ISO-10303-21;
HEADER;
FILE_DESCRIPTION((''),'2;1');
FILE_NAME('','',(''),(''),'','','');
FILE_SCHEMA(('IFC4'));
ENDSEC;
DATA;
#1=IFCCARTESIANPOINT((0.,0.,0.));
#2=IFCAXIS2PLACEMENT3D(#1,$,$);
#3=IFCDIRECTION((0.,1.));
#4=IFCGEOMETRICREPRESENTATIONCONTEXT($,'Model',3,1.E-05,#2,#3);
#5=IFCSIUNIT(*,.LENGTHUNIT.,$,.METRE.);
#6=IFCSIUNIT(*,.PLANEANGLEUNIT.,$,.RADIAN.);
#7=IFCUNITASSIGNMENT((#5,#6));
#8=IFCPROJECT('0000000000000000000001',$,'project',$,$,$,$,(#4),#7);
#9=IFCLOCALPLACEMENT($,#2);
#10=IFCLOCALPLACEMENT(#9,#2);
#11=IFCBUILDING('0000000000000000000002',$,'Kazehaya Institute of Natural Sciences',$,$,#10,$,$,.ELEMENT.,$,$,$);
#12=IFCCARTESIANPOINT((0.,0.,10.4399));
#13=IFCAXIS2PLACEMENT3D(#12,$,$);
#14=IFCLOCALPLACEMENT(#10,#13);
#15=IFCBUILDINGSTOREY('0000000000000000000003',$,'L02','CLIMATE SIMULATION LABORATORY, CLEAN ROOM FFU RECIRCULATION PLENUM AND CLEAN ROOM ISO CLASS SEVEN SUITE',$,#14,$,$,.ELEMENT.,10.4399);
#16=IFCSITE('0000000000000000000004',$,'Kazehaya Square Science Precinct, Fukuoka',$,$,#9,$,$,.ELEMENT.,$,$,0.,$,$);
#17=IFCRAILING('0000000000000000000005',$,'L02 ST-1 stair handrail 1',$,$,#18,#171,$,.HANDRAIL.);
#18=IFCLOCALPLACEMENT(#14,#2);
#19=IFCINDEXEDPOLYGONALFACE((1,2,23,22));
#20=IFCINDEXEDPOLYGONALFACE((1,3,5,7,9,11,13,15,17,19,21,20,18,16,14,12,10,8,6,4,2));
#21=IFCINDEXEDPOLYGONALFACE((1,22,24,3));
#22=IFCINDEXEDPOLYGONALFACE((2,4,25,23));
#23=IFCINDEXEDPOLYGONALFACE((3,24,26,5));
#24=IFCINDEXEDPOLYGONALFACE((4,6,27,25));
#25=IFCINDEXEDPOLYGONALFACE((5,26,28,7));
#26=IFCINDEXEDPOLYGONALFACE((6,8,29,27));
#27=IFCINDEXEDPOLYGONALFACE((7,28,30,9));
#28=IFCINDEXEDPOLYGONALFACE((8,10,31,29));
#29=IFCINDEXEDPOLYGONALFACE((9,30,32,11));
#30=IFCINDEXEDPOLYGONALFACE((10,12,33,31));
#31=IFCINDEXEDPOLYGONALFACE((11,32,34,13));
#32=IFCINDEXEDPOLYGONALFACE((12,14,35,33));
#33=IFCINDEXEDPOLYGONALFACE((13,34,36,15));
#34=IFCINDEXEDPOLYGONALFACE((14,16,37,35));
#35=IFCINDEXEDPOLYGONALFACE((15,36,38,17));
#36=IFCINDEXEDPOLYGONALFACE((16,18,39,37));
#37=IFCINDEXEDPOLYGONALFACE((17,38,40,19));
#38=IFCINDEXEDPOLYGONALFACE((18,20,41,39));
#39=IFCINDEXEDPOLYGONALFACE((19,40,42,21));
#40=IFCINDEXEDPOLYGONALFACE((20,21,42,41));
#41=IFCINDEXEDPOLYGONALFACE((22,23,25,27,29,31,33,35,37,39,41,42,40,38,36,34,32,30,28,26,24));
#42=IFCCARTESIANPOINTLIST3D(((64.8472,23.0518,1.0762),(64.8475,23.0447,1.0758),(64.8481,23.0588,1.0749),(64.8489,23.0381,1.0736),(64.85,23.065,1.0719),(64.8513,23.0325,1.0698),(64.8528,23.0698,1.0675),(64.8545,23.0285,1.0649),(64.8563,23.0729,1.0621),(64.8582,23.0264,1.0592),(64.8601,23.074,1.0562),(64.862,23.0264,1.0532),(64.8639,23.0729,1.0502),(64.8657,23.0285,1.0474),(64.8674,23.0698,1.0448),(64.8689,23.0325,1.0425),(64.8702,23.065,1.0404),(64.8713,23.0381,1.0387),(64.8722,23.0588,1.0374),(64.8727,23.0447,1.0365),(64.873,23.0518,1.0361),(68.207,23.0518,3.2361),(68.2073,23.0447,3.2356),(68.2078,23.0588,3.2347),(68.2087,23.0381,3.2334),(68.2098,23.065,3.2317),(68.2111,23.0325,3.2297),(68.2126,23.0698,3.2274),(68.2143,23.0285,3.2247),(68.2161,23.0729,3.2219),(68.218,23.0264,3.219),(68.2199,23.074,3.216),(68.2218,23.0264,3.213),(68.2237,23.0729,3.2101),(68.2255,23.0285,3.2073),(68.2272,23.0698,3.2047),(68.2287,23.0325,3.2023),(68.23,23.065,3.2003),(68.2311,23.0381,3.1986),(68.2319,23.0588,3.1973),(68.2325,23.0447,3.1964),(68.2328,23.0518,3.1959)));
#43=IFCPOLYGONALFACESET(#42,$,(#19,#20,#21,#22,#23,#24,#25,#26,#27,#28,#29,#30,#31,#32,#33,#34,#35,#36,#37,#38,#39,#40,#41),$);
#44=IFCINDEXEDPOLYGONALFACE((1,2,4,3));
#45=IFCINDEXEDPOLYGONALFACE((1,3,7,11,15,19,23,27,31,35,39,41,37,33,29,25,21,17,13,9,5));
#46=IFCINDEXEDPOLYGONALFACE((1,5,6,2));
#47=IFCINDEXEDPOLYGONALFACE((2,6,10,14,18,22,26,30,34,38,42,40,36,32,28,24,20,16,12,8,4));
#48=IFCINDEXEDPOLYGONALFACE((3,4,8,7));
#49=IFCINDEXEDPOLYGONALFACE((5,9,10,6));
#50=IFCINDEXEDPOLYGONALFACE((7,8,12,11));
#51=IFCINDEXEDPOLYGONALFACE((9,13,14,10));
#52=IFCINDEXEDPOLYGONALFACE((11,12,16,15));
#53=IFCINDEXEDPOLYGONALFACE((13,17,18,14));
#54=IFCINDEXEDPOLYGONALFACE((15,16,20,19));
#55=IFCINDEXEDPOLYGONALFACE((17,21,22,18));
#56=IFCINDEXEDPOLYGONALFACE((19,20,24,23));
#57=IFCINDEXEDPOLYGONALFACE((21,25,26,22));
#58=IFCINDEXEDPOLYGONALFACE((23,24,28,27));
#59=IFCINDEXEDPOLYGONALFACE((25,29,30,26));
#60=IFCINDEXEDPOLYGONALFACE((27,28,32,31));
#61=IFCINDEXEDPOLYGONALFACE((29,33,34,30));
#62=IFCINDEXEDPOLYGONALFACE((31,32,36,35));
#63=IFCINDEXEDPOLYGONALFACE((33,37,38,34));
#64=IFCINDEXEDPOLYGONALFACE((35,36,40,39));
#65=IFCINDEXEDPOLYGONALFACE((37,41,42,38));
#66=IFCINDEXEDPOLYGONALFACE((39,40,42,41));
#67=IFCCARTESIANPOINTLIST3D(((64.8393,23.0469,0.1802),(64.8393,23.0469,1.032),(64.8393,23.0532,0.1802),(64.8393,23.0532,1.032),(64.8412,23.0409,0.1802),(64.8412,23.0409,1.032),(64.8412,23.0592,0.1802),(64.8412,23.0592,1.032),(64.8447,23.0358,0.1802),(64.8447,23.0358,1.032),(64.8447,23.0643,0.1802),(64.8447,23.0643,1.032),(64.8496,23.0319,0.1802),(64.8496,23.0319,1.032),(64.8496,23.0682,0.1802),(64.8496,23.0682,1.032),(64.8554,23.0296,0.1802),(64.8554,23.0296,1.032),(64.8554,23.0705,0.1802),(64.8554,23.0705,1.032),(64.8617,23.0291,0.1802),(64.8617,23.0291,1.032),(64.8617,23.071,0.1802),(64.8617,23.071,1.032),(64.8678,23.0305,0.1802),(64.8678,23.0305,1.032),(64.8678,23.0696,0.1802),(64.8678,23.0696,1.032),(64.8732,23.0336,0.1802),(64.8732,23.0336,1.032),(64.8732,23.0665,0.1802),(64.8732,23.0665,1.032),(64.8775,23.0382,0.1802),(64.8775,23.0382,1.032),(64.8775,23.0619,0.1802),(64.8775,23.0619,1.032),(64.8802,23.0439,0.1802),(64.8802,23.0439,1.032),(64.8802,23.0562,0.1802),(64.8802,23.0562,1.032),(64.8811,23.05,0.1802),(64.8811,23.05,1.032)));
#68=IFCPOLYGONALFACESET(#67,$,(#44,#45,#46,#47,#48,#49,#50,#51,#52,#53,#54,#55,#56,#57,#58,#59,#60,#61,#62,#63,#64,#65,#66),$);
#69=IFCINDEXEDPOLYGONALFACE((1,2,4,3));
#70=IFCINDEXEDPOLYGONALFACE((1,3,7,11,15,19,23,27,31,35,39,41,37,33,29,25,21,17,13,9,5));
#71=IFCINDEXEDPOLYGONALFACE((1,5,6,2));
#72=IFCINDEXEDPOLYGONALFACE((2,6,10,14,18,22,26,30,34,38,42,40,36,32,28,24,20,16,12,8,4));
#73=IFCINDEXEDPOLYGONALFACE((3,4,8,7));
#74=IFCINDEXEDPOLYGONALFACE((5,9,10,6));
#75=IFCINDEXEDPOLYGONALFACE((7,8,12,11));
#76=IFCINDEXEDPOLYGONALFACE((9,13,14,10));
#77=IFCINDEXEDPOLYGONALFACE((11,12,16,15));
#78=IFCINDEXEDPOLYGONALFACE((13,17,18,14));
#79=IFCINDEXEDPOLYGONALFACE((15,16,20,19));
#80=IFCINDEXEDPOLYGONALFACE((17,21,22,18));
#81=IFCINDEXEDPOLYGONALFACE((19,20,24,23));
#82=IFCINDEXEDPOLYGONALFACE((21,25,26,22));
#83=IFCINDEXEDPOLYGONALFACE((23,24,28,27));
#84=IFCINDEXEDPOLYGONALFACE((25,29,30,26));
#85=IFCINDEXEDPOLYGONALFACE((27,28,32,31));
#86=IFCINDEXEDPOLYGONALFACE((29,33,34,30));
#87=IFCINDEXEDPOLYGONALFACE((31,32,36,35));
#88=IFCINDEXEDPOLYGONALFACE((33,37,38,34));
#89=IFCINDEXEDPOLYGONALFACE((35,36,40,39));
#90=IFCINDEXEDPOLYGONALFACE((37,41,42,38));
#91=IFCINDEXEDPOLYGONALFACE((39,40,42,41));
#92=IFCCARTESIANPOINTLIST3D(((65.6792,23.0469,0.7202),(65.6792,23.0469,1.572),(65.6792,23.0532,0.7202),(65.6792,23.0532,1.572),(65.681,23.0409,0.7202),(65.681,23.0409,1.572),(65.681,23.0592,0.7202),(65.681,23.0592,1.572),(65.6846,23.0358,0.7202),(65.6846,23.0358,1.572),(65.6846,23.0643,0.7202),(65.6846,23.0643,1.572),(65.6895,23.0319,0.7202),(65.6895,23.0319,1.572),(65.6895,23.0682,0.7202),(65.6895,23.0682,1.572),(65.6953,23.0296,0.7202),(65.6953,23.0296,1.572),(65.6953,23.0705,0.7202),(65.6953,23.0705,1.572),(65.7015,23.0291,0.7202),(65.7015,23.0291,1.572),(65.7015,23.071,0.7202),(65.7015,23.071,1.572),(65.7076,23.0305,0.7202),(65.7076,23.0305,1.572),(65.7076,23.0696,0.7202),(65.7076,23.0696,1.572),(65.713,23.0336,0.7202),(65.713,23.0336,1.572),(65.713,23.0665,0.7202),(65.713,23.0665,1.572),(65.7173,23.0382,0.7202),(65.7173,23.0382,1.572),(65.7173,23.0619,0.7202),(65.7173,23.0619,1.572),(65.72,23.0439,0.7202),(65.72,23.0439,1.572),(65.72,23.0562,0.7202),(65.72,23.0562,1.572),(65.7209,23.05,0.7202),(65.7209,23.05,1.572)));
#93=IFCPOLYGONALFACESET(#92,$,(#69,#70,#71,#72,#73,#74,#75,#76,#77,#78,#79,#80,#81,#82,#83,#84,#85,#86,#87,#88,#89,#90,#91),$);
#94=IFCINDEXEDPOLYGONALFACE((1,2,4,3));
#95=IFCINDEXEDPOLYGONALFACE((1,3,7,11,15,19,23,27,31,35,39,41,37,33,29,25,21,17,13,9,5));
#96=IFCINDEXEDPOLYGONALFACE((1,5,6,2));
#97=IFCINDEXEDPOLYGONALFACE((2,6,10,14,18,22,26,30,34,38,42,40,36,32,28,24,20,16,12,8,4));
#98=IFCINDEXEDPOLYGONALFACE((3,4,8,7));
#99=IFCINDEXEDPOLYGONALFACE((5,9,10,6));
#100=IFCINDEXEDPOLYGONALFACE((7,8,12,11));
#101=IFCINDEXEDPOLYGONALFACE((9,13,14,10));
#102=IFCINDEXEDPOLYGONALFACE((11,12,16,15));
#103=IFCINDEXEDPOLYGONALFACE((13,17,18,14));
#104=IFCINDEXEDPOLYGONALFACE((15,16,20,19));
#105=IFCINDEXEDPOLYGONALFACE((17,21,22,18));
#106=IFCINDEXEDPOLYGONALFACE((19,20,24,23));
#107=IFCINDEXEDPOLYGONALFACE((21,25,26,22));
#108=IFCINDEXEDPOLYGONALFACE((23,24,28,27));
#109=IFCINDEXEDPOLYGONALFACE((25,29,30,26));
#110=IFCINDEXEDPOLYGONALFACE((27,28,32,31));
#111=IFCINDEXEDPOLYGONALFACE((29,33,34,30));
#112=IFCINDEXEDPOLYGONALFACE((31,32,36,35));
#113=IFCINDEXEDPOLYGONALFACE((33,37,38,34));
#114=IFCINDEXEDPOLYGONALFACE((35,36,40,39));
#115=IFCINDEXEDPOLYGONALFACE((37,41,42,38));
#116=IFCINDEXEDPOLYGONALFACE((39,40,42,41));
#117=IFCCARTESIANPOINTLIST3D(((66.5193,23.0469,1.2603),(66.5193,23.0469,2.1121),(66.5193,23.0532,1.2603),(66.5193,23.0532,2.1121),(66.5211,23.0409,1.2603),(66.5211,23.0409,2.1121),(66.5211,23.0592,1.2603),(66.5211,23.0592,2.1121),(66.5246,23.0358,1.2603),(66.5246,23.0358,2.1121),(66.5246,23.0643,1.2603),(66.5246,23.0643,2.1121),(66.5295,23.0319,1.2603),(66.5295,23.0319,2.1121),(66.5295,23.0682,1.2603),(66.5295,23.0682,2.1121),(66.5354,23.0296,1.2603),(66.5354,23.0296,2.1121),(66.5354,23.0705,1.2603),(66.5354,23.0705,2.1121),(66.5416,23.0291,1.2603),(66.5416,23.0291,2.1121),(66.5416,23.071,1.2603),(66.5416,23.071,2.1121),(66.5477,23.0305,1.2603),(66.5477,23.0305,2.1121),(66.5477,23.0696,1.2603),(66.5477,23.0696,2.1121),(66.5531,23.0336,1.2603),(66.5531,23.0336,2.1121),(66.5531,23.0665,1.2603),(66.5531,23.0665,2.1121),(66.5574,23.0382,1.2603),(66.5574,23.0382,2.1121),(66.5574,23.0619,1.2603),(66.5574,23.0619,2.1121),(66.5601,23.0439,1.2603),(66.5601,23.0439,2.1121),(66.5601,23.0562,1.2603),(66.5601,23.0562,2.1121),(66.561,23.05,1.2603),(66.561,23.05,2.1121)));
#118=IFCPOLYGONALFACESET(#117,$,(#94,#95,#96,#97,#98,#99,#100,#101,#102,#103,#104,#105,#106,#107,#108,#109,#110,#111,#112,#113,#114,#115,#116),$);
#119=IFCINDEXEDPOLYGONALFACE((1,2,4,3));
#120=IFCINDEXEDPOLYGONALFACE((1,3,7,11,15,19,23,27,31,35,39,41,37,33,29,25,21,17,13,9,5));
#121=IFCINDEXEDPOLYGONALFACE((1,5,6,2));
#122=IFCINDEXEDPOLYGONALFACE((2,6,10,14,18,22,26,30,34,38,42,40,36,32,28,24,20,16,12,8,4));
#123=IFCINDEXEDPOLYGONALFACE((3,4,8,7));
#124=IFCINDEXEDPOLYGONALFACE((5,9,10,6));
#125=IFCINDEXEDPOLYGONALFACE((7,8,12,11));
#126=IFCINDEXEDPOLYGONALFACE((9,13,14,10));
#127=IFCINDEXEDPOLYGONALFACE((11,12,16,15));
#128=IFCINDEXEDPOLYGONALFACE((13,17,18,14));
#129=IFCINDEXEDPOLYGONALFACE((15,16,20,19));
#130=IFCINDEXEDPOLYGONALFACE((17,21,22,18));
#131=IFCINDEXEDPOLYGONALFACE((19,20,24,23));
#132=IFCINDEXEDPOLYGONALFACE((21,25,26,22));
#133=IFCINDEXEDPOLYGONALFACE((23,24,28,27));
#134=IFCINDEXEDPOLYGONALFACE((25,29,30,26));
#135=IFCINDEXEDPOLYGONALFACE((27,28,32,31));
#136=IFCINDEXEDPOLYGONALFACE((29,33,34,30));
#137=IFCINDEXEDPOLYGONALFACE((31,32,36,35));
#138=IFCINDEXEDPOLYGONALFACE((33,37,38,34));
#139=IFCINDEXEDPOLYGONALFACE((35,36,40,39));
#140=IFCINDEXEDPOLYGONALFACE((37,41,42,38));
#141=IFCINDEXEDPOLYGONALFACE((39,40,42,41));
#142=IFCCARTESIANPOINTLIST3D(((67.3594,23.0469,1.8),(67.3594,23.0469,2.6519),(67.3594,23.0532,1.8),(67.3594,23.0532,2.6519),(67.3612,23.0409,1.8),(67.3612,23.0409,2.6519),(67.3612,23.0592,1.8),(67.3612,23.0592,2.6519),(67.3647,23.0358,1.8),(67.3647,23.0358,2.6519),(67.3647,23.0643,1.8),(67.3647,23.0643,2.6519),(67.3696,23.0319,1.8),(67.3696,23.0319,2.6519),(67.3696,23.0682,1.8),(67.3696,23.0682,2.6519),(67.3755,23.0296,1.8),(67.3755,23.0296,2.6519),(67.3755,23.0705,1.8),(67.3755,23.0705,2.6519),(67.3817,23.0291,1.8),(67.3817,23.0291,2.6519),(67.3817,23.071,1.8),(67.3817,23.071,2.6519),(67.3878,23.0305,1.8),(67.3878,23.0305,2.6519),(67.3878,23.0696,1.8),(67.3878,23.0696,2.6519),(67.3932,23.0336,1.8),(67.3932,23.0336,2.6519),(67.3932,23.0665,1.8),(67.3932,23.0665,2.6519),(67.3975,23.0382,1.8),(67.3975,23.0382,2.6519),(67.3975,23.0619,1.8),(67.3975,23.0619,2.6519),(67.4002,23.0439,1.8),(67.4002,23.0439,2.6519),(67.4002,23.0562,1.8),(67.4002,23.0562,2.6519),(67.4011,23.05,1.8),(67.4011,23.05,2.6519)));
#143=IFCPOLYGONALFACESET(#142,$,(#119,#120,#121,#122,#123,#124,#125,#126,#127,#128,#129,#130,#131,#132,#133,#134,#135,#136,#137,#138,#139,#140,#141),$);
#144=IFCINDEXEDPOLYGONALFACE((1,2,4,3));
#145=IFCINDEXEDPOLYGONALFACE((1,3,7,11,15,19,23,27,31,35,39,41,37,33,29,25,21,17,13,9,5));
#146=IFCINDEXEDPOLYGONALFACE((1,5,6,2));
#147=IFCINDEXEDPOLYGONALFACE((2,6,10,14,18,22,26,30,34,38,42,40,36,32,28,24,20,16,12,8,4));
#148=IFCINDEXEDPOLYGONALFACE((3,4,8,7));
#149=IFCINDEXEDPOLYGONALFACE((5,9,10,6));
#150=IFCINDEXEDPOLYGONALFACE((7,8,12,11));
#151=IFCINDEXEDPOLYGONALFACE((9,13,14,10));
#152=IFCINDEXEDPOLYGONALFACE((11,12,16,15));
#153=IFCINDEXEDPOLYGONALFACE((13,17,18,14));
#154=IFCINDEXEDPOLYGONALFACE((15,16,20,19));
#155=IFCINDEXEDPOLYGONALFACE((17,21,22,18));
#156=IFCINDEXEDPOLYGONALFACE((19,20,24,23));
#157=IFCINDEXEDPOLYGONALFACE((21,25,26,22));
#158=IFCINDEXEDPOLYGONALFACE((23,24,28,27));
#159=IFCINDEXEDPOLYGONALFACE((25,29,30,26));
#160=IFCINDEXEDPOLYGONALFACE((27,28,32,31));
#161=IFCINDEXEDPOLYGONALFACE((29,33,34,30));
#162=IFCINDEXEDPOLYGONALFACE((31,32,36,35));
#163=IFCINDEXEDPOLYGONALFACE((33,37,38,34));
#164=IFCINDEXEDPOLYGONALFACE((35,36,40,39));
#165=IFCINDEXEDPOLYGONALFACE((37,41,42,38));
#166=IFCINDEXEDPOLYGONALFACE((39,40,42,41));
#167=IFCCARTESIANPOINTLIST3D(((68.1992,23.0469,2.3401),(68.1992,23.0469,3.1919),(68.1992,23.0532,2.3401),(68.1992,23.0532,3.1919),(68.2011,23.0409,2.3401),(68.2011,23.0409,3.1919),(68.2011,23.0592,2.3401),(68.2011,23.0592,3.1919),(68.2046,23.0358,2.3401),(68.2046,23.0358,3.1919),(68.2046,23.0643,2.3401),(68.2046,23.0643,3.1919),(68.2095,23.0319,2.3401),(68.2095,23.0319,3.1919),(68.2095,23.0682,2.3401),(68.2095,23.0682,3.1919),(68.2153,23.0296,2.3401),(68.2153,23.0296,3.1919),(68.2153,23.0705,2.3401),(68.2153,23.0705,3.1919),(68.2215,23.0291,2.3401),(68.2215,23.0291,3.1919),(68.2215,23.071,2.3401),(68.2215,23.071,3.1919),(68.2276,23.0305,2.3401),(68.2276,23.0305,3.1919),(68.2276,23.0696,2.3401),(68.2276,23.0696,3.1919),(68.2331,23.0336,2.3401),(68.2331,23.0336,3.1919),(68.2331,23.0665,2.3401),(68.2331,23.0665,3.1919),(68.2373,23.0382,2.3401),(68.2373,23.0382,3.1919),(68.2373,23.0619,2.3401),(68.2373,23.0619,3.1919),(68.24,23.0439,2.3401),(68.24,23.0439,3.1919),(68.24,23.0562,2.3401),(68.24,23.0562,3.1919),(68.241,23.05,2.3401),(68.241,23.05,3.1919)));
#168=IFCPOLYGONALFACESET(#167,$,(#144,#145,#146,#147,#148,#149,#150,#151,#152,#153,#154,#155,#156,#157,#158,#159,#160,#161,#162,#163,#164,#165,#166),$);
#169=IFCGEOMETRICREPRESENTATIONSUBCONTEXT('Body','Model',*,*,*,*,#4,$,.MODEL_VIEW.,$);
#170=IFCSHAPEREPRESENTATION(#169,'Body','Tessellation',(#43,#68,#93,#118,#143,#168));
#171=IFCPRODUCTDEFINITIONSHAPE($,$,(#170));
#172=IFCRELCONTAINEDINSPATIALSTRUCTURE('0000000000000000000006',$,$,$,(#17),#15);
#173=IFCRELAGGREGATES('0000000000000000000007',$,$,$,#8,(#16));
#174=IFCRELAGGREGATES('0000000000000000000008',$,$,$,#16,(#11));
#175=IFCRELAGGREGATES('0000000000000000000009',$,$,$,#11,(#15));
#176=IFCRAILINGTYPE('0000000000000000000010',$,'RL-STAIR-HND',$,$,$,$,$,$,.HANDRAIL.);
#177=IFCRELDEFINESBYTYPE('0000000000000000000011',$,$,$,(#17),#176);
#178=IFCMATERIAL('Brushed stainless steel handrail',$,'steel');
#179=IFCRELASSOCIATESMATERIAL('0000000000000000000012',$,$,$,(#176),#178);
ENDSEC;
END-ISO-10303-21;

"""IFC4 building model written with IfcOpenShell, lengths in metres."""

from ifc_helpers import new_model, si_unit, direction, frame, origin, origin_2d, place, context, subcontext, project, spatial, circle, extrude, material, type_object, element, save


model = new_model("IFC4")

# Units and contexts
model_context = context("Model", 3, precision=1e-05, world=origin(), true_north=direction((0.0, 1.0)))
body_context = subcontext(model_context, "Body", "Model", "MODEL_VIEW")
ifc_project = project(units=[si_unit("LENGTHUNIT", "METRE"), si_unit("PLANEANGLEUNIT", "RADIAN")], contexts=[model_context])

# Site, building, storey
site_placement = place(None, origin())
site = spatial("IfcSite", under=ifc_project, at=site_placement, Name="Kazehaya Square Science Precinct, Fukuoka", CompositionType="ELEMENT", RefElevation=0.0)
building_placement = place(site_placement, origin())
building = spatial("IfcBuilding", under=site, at=building_placement, Name="Kazehaya Institute of Natural Sciences", CompositionType="ELEMENT")
storey_placement = place(building_placement, frame((0.0, 0.0, 10.4399)))
storey = spatial("IfcBuildingStorey", under=building, at=storey_placement, Name="L02", Description="CLIMATE SIMULATION LABORATORY, CLEAN ROOM FFU RECIRCULATION PLENUM AND CLEAN ROOM ISO CLASS SEVEN SUITE", CompositionType="ELEMENT", Elevation=10.4399)

# Railing
ifc_material_1 = material(Name="Brushed stainless steel handrail", Category="steel")
railing_type_1 = type_object("IfcRailingType", Name="RL-STAIR-HND", PredefinedType="HANDRAIL", material=ifc_material_1)
railing_1_placement = place(storey_placement, frame((64.8601, 23.05, 0.1802)))
element("IfcRailing", 1, at=railing_1_placement, inside=storey, type_object=railing_type_1, Name="L02 ST-1 stair handrail 1", PredefinedType="HANDRAIL", context=body_context, shape_type="SweptSolid", body=[
    extrude(circle(Radius=0.0239, at=origin_2d()), frame((0.0, 0.0, 0.876), z_axis=(0.841178, 0.0, 0.540758), x_axis=(0.0, 1.0, 0.0)), (0.0, 0.0, 1.0), 3.9941),
    extrude(circle(Radius=0.021, at=origin_2d()), origin(), (0.0, 0.0, 1.0), 0.8518),
    extrude(circle(Radius=0.021, at=origin_2d()), frame((0.8398, 0.0, 0.54)), (0.0, 0.0, 1.0), 0.8518),
    extrude(circle(Radius=0.021, at=origin_2d()), frame((1.6799, 0.0, 1.0801)), (0.0, 0.0, 1.0), 0.8518),
    extrude(circle(Radius=0.021, at=origin_2d()), frame((2.52, 0.0, 1.6199)), (0.0, 0.0, 1.0), 0.8518),
    extrude(circle(Radius=0.021, at=origin_2d()), frame((3.3599, 0.0, 2.1599)), (0.0, 0.0, 1.0), 0.8518),
])

save(model, "model.ifc")
